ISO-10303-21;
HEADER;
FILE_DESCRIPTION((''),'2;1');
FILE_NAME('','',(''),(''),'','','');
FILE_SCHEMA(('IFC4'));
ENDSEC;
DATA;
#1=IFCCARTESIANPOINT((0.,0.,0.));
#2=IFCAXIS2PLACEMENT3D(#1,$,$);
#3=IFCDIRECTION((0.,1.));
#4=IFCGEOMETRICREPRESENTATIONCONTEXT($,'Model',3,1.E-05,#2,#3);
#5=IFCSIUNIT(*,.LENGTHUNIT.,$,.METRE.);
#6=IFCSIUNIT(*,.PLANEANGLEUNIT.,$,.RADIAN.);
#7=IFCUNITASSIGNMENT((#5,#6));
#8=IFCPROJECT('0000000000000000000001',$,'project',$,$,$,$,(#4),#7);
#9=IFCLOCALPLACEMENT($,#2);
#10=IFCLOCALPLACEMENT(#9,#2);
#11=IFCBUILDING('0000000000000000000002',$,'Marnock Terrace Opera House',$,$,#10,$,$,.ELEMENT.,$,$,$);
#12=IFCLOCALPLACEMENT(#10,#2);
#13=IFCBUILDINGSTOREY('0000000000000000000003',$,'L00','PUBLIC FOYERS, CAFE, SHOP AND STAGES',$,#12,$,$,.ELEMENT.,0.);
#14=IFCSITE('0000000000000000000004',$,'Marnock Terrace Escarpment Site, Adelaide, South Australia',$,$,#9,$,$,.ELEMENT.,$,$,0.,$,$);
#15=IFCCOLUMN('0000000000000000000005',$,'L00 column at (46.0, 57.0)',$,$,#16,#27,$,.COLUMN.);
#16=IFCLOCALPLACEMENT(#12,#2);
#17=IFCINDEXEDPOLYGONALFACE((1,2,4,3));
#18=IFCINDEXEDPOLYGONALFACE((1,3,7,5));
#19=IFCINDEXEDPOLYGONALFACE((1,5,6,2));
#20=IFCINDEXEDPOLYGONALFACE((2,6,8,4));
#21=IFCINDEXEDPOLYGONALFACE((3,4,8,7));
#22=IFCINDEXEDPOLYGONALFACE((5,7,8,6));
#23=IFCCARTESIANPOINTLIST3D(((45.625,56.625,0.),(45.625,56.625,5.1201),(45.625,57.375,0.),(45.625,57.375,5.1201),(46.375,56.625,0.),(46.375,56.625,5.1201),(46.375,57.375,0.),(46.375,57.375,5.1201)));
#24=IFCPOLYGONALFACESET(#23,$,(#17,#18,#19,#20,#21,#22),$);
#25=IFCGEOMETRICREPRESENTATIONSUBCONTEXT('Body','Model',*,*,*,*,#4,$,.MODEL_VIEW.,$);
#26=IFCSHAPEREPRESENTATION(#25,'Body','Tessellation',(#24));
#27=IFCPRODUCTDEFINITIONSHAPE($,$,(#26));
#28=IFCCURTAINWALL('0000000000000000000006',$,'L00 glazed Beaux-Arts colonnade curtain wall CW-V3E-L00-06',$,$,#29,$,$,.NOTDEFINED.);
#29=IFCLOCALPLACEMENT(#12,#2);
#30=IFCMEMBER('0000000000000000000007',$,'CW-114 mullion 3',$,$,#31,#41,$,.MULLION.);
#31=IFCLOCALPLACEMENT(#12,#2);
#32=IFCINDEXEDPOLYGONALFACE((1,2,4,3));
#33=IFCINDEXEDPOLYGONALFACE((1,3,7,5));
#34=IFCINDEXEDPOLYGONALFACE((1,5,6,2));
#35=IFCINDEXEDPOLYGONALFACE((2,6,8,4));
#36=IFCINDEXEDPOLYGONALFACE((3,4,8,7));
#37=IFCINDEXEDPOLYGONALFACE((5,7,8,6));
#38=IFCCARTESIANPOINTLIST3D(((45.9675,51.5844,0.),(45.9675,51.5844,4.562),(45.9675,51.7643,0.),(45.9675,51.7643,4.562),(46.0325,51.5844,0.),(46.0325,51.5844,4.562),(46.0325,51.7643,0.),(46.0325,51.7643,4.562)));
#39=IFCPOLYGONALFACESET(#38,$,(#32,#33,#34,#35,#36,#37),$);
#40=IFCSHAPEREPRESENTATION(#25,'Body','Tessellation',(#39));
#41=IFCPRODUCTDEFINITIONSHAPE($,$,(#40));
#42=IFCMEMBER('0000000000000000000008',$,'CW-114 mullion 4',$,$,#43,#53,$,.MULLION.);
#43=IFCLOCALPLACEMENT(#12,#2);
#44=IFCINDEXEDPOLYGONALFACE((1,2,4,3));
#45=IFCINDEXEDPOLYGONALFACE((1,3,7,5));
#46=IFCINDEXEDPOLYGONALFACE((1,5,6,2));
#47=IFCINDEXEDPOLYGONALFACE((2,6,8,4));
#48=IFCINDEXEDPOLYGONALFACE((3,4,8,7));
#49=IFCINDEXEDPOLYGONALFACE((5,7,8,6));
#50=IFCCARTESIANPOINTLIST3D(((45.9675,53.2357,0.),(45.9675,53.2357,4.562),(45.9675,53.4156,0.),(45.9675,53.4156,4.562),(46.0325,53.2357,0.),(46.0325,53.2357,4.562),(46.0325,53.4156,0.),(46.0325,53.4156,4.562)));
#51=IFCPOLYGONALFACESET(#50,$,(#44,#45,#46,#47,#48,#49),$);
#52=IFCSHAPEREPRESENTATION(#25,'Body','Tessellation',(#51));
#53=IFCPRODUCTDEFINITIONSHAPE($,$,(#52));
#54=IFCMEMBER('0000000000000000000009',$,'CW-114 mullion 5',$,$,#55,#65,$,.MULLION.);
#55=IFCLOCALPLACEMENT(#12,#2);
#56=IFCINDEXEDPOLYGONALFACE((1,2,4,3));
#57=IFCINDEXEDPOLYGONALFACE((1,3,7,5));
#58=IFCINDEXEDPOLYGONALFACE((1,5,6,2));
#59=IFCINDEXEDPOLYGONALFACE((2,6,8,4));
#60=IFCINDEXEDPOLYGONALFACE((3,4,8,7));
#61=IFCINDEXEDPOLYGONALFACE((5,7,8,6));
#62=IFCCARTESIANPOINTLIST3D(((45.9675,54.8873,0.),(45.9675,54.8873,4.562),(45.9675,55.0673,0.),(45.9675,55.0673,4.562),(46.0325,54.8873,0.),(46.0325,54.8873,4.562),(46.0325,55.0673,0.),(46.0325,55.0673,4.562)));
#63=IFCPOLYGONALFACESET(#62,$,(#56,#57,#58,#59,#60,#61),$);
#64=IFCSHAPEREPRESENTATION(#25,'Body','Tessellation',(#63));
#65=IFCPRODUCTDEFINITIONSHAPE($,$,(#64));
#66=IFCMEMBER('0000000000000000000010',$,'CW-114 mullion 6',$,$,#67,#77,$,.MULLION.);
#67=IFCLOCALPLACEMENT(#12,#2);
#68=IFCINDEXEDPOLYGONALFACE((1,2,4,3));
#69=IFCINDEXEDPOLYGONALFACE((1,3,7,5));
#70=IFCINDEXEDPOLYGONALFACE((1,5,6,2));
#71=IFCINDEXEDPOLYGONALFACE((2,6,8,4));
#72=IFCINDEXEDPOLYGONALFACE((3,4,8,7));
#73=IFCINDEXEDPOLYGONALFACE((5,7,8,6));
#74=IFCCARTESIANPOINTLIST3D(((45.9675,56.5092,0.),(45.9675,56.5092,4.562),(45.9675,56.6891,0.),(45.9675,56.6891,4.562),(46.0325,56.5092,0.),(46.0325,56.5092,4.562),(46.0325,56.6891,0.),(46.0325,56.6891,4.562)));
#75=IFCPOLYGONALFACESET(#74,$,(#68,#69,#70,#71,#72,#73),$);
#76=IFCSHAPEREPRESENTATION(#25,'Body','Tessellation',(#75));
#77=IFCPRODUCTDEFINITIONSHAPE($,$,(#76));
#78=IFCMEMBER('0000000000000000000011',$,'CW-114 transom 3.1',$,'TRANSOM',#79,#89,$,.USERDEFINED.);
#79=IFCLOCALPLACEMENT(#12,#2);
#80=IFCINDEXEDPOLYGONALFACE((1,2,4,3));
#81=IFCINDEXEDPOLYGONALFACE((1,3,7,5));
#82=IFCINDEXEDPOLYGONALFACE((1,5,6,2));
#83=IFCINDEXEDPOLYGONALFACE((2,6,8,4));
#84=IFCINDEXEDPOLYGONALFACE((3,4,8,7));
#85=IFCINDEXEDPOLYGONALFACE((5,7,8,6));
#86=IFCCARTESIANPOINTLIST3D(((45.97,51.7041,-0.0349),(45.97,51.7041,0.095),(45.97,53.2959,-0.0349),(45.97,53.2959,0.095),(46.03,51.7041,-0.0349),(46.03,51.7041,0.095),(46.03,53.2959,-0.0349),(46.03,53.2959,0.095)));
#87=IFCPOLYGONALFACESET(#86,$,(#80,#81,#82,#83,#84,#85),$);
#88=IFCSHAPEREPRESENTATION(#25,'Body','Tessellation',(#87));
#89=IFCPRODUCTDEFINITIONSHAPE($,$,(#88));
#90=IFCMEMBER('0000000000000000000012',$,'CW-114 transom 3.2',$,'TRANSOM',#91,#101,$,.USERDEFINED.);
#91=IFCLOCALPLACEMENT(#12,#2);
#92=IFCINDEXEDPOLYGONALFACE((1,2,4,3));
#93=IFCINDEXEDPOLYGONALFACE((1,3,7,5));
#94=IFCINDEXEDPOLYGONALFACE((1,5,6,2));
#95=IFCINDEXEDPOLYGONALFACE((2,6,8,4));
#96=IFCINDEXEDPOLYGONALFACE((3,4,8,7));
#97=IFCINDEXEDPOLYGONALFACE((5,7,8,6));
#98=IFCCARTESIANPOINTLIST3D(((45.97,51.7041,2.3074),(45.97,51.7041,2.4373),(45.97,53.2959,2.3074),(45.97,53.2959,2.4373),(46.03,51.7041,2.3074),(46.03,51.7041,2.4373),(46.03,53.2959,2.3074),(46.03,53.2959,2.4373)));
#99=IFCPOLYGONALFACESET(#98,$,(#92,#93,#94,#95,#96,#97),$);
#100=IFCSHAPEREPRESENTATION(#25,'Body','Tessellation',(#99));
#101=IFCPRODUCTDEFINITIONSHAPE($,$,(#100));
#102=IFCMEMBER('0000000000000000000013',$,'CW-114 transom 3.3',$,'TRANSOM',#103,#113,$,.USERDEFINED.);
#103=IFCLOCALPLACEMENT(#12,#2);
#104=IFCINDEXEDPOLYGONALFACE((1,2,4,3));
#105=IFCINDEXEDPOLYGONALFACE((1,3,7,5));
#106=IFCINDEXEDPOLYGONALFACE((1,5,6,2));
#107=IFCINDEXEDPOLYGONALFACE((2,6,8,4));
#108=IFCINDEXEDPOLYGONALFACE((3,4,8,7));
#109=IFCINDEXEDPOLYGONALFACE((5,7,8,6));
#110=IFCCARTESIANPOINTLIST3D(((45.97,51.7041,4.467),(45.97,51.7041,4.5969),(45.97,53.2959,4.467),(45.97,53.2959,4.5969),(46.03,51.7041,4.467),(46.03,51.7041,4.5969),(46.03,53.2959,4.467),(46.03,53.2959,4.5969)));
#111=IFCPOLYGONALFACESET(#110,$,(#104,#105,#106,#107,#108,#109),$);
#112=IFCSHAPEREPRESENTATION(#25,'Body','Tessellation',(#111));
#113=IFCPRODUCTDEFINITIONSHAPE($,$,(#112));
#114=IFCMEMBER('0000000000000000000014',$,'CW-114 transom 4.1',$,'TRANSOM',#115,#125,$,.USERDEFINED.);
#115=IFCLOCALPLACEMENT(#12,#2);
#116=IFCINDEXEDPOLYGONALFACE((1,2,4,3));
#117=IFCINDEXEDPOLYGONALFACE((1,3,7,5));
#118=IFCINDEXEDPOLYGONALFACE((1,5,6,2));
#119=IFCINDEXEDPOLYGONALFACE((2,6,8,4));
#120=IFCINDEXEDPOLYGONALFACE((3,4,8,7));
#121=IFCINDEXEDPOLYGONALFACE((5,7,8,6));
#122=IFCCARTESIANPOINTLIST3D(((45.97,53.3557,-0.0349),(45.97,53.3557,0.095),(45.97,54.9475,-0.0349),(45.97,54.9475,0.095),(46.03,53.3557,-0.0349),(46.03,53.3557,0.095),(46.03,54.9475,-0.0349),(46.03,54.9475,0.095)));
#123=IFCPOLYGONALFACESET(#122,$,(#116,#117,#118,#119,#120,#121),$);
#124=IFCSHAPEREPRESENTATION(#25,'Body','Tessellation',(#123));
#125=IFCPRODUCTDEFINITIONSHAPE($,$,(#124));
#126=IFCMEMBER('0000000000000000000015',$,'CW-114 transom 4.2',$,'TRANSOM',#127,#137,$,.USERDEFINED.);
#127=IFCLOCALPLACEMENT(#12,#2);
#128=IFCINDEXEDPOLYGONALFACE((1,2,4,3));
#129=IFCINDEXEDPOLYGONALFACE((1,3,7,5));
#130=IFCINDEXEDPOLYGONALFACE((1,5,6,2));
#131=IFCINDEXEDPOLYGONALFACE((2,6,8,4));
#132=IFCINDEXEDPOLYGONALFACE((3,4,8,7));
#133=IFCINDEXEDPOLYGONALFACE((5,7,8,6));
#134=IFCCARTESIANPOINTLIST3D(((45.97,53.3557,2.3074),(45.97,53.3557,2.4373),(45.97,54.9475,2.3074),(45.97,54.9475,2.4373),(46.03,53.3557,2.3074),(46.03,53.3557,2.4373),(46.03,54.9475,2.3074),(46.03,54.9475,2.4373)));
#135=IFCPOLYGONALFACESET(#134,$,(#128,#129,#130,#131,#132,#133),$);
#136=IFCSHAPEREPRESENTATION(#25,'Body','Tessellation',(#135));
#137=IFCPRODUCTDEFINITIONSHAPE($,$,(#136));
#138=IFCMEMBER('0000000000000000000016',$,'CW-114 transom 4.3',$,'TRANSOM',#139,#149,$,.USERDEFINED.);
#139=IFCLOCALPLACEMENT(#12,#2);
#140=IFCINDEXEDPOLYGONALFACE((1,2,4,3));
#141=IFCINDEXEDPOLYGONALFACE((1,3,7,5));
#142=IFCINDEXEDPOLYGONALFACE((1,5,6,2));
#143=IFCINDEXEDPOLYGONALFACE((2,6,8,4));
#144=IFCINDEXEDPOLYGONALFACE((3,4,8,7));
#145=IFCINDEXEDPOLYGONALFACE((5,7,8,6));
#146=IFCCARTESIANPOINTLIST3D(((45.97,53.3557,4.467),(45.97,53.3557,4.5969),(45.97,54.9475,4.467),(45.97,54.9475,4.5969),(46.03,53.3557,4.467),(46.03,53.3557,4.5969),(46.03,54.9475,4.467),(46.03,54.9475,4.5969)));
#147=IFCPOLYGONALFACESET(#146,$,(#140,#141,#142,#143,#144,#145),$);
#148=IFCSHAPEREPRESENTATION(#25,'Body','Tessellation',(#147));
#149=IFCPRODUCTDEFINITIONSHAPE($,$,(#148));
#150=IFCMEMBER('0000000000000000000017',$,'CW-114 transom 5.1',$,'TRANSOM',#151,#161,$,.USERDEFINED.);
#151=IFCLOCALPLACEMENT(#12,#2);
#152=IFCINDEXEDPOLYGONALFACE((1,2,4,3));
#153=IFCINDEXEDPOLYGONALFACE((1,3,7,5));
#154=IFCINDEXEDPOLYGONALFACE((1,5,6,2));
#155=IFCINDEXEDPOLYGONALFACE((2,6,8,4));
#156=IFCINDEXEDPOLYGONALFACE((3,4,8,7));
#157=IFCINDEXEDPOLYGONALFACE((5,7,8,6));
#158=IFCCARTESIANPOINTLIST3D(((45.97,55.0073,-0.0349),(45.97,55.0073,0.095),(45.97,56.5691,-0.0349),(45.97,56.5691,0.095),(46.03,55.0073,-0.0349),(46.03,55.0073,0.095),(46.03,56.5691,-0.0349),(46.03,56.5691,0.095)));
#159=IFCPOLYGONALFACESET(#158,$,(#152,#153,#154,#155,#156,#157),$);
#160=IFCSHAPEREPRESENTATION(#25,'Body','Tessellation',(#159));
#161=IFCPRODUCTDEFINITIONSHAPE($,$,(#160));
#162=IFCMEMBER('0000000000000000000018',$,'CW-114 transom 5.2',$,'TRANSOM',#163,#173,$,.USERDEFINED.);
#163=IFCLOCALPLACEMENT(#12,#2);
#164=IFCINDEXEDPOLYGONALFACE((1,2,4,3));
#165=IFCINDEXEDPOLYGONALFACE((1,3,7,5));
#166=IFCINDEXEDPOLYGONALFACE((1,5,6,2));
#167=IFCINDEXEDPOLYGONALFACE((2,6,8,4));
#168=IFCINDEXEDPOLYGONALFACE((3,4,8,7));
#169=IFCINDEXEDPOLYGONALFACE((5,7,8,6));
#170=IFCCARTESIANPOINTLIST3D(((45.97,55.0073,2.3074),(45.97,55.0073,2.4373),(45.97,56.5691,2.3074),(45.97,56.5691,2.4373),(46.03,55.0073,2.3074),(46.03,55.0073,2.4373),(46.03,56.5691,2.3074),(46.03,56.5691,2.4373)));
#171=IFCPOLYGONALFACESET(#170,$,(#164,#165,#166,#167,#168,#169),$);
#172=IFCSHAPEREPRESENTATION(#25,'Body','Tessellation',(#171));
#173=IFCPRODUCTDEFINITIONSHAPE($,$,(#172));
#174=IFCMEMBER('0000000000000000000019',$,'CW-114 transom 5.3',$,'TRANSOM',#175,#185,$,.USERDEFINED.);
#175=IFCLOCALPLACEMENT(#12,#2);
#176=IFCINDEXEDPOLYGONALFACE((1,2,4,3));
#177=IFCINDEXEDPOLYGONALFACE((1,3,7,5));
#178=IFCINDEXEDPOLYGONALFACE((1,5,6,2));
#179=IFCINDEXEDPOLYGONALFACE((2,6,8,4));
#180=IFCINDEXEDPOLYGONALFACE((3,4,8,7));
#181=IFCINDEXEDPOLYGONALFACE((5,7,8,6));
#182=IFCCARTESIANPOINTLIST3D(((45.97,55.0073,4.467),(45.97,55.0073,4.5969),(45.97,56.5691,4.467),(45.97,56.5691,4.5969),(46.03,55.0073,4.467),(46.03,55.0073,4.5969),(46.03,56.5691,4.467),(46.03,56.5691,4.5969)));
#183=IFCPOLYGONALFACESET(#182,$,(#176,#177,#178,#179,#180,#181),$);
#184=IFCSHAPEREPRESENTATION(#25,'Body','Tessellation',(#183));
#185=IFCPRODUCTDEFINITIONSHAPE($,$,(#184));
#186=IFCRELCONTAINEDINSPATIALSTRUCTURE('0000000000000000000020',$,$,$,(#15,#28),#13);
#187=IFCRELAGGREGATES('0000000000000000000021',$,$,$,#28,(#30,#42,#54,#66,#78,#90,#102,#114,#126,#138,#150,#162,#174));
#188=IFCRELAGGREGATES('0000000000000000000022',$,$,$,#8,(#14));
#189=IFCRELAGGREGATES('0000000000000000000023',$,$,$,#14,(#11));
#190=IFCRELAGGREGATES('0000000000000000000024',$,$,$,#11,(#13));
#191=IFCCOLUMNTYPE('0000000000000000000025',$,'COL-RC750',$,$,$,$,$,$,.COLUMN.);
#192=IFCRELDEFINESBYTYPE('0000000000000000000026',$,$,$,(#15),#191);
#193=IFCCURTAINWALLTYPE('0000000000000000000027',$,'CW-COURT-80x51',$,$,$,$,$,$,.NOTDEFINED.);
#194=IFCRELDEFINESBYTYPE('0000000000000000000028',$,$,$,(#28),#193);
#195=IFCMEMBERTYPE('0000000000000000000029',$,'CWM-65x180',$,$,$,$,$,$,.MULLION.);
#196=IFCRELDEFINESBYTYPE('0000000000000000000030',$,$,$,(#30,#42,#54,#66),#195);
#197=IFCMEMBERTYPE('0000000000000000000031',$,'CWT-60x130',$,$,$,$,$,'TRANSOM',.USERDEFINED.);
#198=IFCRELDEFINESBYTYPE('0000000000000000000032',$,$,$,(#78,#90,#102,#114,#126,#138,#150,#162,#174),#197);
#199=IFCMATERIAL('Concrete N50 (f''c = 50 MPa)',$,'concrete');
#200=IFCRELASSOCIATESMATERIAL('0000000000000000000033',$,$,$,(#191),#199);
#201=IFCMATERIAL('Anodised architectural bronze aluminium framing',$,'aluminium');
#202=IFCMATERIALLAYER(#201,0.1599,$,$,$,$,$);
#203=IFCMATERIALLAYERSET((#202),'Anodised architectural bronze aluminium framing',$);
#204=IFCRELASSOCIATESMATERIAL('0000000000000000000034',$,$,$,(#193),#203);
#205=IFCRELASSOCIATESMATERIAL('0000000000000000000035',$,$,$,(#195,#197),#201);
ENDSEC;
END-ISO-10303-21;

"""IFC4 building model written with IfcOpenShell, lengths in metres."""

from ifc_helpers import new_model, si_unit, direction, frame, origin, origin_2d, place, context, subcontext, project, spatial, rectangle, extrude, material, layer, layer_set, material_profile, profile_set, type_object, element, aggregate, save


model = new_model("IFC4")

# Units and contexts
model_context = context("Model", 3, precision=1e-05, world=origin(), true_north=direction((0.0, 1.0)))
body_context = subcontext(model_context, "Body", "Model", "MODEL_VIEW")
ifc_project = project(units=[si_unit("LENGTHUNIT", "METRE"), si_unit("PLANEANGLEUNIT", "RADIAN")], contexts=[model_context])

# Site, building, storey
site_placement = place(None, origin())
site = spatial("IfcSite", under=ifc_project, at=site_placement, Name="Marnock Terrace Escarpment Site, Adelaide, South Australia", CompositionType="ELEMENT", RefElevation=0.0)
building_placement = place(site_placement, origin())
building = spatial("IfcBuilding", under=site, at=building_placement, Name="Marnock Terrace Opera House", CompositionType="ELEMENT")
storey_placement = place(building_placement, origin())
storey = spatial("IfcBuildingStorey", under=building, at=storey_placement, Name="L00", Description="PUBLIC FOYERS, CAFE, SHOP AND STAGES", CompositionType="ELEMENT", Elevation=0.0)

# Column
ifc_material_1 = material(Name="Concrete N50 (f'c = 50 MPa)", Category="concrete")
ifc_material_profile_1 = material_profile(ifc_material_1, rectangle(XDim=0.75, YDim=0.75, at=origin_2d()))
ifc_profile_set_1 = profile_set([ifc_material_profile_1], Name="Concrete N50 (f'c = 50 MPa)")
column_type = type_object("IfcColumnType", Name="COL-RC750", PredefinedType="COLUMN", material=ifc_profile_set_1)
column_placement = place(storey_placement, frame((46.0, 57.0, 0.0), z_axis=(0.0, 0.0, 1.0), x_axis=(1.0, 0.0, 0.0)))
element("IfcColumn", 1, at=column_placement, inside=storey, type_object=column_type, Name="L00 column at (46.0, 57.0)", PredefinedType="COLUMN", context=body_context, shape_type="SweptSolid", body=[
    extrude(rectangle(XDim=0.75, YDim=0.75, at=origin_2d()), origin(), (0.0, 0.0, 1.0), 5.1201),
])

# Curtain wall, members
ifc_material_2 = material(Name="Anodised architectural bronze aluminium framing", Category="aluminium")
ifc_layer_1 = layer(ifc_material_2, 0.1599)
ifc_layer_set_1 = layer_set([ifc_layer_1], Name="Anodised architectural bronze aluminium framing")
curtain_wall_type = type_object("IfcCurtainWallType", Name="CW-COURT-80x51", PredefinedType="NOTDEFINED", material=ifc_layer_set_1)
curtain_wall_placement = place(storey_placement, origin())
curtain_wall = element("IfcCurtainWall", 2, at=curtain_wall_placement, inside=storey, type_object=curtain_wall_type, Name="L00 glazed Beaux-Arts colonnade curtain wall CW-V3E-L00-06", PredefinedType="NOTDEFINED")
ifc_material_profile_2 = material_profile(ifc_material_2, rectangle(XDim=0.0649, YDim=0.1799, at=origin_2d()))
ifc_profile_set_2 = profile_set([ifc_material_profile_2], Name="Anodised architectural bronze aluminium framing")
member_type_1 = type_object("IfcMemberType", Name="CWM-65x180", PredefinedType="MULLION", material=ifc_profile_set_2)
member_1_placement = place(storey_placement, frame((46.0, 51.6743, 0.0), z_axis=(0.0, 0.0, 1.0), x_axis=(-1.0, 0.0, 0.0)))
member_1 = element("IfcMember", 3, at=member_1_placement, type_object=member_type_1, Name="CW-114 mullion 3", PredefinedType="MULLION", context=body_context, shape_type="SweptSolid", body=[
    extrude(rectangle(XDim=0.0649, YDim=0.1799, at=origin_2d()), origin(), (0.0, 0.0, 1.0), 4.562),
])
member_2_placement = place(storey_placement, frame((46.0, 53.3257, 0.0), z_axis=(0.0, 0.0, 1.0), x_axis=(-1.0, 0.0, 0.0)))
member_2 = element("IfcMember", 4, at=member_2_placement, type_object=member_type_1, Name="CW-114 mullion 4", PredefinedType="MULLION", context=body_context, shape_type="SweptSolid", body=[
    extrude(rectangle(XDim=0.0649, YDim=0.1799, at=origin_2d()), origin(), (0.0, 0.0, 1.0), 4.562),
])
member_3_placement = place(storey_placement, frame((46.0, 54.9773, 0.0), z_axis=(0.0, 0.0, 1.0), x_axis=(-1.0, 0.0, 0.0)))
member_3 = element("IfcMember", 5, at=member_3_placement, type_object=member_type_1, Name="CW-114 mullion 5", PredefinedType="MULLION", context=body_context, shape_type="SweptSolid", body=[
    extrude(rectangle(XDim=0.0649, YDim=0.1799, at=origin_2d()), origin(), (0.0, 0.0, 1.0), 4.562),
])
member_4_placement = place(storey_placement, frame((46.0, 56.5991, 0.0), z_axis=(0.0, 0.0, 1.0), x_axis=(-1.0, 0.0, 0.0)))
member_4 = element("IfcMember", 6, at=member_4_placement, type_object=member_type_1, Name="CW-114 mullion 6", PredefinedType="MULLION", context=body_context, shape_type="SweptSolid", body=[
    extrude(rectangle(XDim=0.0649, YDim=0.1799, at=origin_2d()), origin(), (0.0, 0.0, 1.0), 4.562),
])
ifc_material_profile_3 = material_profile(ifc_material_2, rectangle(XDim=0.0601, YDim=0.1299, at=origin_2d()))
ifc_profile_set_3 = profile_set([ifc_material_profile_3], Name="Anodised architectural bronze aluminium framing")
member_type_2 = type_object("IfcMemberType", Name="CWT-60x130", ElementType="TRANSOM", PredefinedType="USERDEFINED", material=ifc_profile_set_3)
member_5_placement = place(storey_placement, frame((46.0, 51.7041, 0.03), z_axis=(0.0, 1.0, 0.0), x_axis=(-1.0, 0.0, 0.0)))
member_5 = element("IfcMember", 7, at=member_5_placement, type_object=member_type_2, Name="CW-114 transom 3.1", ObjectType="TRANSOM", PredefinedType="USERDEFINED", context=body_context, shape_type="SweptSolid", body=[
    extrude(rectangle(XDim=0.0601, YDim=0.1299, at=origin_2d()), origin(), (0.0, 0.0, 1.0), 1.5918),
])
member_6_placement = place(storey_placement, frame((46.0, 51.7041, 2.3723), z_axis=(0.0, 1.0, 0.0), x_axis=(-1.0, 0.0, 0.0)))
member_6 = element("IfcMember", 8, at=member_6_placement, type_object=member_type_2, Name="CW-114 transom 3.2", ObjectType="TRANSOM", PredefinedType="USERDEFINED", context=body_context, shape_type="SweptSolid", body=[
    extrude(rectangle(XDim=0.0601, YDim=0.1299, at=origin_2d()), origin(), (0.0, 0.0, 1.0), 1.5918),
])
member_7_placement = place(storey_placement, frame((46.0, 51.7041, 4.532), z_axis=(0.0, 1.0, 0.0), x_axis=(-1.0, 0.0, 0.0)))
member_7 = element("IfcMember", 9, at=member_7_placement, type_object=member_type_2, Name="CW-114 transom 3.3", ObjectType="TRANSOM", PredefinedType="USERDEFINED", context=body_context, shape_type="SweptSolid", body=[
    extrude(rectangle(XDim=0.0601, YDim=0.1299, at=origin_2d()), origin(), (0.0, 0.0, 1.0), 1.5918),
])
member_8_placement = place(storey_placement, frame((46.0, 53.3557, 0.03), z_axis=(0.0, 1.0, 0.0), x_axis=(-1.0, 0.0, 0.0)))
member_8 = element("IfcMember", 10, at=member_8_placement, type_object=member_type_2, Name="CW-114 transom 4.1", ObjectType="TRANSOM", PredefinedType="USERDEFINED", context=body_context, shape_type="SweptSolid", body=[
    extrude(rectangle(XDim=0.0601, YDim=0.1299, at=origin_2d()), origin(), (0.0, 0.0, 1.0), 1.5918),
])
member_9_placement = place(storey_placement, frame((46.0, 53.3557, 2.3723), z_axis=(0.0, 1.0, 0.0), x_axis=(-1.0, 0.0, 0.0)))
member_9 = element("IfcMember", 11, at=member_9_placement, type_object=member_type_2, Name="CW-114 transom 4.2", ObjectType="TRANSOM", PredefinedType="USERDEFINED", context=body_context, shape_type="SweptSolid", body=[
    extrude(rectangle(XDim=0.0601, YDim=0.1299, at=origin_2d()), origin(), (0.0, 0.0, 1.0), 1.5918),
])
member_10_placement = place(storey_placement, frame((46.0, 53.3557, 4.532), z_axis=(0.0, 1.0, 0.0), x_axis=(-1.0, 0.0, 0.0)))
member_10 = element("IfcMember", 12, at=member_10_placement, type_object=member_type_2, Name="CW-114 transom 4.3", ObjectType="TRANSOM", PredefinedType="USERDEFINED", context=body_context, shape_type="SweptSolid", body=[
    extrude(rectangle(XDim=0.0601, YDim=0.1299, at=origin_2d()), origin(), (0.0, 0.0, 1.0), 1.5918),
])
member_11_placement = place(storey_placement, frame((46.0, 55.0073, 0.03), z_axis=(0.0, 1.0, 0.0), x_axis=(-1.0, 0.0, 0.0)))
member_11 = element("IfcMember", 13, at=member_11_placement, type_object=member_type_2, Name="CW-114 transom 5.1", ObjectType="TRANSOM", PredefinedType="USERDEFINED", context=body_context, shape_type="SweptSolid", body=[
    extrude(rectangle(XDim=0.0601, YDim=0.1299, at=origin_2d()), origin(), (0.0, 0.0, 1.0), 1.5618),
])
member_12_placement = place(storey_placement, frame((46.0, 55.0073, 2.3723), z_axis=(0.0, 1.0, 0.0), x_axis=(-1.0, 0.0, 0.0)))
member_12 = element("IfcMember", 14, at=member_12_placement, type_object=member_type_2, Name="CW-114 transom 5.2", ObjectType="TRANSOM", PredefinedType="USERDEFINED", context=body_context, shape_type="SweptSolid", body=[
    extrude(rectangle(XDim=0.0601, YDim=0.1299, at=origin_2d()), origin(), (0.0, 0.0, 1.0), 1.5618),
])
member_13_placement = place(storey_placement, frame((46.0, 55.0073, 4.532), z_axis=(0.0, 1.0, 0.0), x_axis=(-1.0, 0.0, 0.0)))
member_13 = element("IfcMember", 15, at=member_13_placement, type_object=member_type_2, Name="CW-114 transom 5.3", ObjectType="TRANSOM", PredefinedType="USERDEFINED", context=body_context, shape_type="SweptSolid", body=[
    extrude(rectangle(XDim=0.0601, YDim=0.1299, at=origin_2d()), origin(), (0.0, 0.0, 1.0), 1.5618),
])
aggregate(curtain_wall, [member_1, member_2, member_3, member_4, member_5, member_6, member_7, member_8, member_9, member_10, member_11, member_12, member_13])

save(model, "model.ifc")
